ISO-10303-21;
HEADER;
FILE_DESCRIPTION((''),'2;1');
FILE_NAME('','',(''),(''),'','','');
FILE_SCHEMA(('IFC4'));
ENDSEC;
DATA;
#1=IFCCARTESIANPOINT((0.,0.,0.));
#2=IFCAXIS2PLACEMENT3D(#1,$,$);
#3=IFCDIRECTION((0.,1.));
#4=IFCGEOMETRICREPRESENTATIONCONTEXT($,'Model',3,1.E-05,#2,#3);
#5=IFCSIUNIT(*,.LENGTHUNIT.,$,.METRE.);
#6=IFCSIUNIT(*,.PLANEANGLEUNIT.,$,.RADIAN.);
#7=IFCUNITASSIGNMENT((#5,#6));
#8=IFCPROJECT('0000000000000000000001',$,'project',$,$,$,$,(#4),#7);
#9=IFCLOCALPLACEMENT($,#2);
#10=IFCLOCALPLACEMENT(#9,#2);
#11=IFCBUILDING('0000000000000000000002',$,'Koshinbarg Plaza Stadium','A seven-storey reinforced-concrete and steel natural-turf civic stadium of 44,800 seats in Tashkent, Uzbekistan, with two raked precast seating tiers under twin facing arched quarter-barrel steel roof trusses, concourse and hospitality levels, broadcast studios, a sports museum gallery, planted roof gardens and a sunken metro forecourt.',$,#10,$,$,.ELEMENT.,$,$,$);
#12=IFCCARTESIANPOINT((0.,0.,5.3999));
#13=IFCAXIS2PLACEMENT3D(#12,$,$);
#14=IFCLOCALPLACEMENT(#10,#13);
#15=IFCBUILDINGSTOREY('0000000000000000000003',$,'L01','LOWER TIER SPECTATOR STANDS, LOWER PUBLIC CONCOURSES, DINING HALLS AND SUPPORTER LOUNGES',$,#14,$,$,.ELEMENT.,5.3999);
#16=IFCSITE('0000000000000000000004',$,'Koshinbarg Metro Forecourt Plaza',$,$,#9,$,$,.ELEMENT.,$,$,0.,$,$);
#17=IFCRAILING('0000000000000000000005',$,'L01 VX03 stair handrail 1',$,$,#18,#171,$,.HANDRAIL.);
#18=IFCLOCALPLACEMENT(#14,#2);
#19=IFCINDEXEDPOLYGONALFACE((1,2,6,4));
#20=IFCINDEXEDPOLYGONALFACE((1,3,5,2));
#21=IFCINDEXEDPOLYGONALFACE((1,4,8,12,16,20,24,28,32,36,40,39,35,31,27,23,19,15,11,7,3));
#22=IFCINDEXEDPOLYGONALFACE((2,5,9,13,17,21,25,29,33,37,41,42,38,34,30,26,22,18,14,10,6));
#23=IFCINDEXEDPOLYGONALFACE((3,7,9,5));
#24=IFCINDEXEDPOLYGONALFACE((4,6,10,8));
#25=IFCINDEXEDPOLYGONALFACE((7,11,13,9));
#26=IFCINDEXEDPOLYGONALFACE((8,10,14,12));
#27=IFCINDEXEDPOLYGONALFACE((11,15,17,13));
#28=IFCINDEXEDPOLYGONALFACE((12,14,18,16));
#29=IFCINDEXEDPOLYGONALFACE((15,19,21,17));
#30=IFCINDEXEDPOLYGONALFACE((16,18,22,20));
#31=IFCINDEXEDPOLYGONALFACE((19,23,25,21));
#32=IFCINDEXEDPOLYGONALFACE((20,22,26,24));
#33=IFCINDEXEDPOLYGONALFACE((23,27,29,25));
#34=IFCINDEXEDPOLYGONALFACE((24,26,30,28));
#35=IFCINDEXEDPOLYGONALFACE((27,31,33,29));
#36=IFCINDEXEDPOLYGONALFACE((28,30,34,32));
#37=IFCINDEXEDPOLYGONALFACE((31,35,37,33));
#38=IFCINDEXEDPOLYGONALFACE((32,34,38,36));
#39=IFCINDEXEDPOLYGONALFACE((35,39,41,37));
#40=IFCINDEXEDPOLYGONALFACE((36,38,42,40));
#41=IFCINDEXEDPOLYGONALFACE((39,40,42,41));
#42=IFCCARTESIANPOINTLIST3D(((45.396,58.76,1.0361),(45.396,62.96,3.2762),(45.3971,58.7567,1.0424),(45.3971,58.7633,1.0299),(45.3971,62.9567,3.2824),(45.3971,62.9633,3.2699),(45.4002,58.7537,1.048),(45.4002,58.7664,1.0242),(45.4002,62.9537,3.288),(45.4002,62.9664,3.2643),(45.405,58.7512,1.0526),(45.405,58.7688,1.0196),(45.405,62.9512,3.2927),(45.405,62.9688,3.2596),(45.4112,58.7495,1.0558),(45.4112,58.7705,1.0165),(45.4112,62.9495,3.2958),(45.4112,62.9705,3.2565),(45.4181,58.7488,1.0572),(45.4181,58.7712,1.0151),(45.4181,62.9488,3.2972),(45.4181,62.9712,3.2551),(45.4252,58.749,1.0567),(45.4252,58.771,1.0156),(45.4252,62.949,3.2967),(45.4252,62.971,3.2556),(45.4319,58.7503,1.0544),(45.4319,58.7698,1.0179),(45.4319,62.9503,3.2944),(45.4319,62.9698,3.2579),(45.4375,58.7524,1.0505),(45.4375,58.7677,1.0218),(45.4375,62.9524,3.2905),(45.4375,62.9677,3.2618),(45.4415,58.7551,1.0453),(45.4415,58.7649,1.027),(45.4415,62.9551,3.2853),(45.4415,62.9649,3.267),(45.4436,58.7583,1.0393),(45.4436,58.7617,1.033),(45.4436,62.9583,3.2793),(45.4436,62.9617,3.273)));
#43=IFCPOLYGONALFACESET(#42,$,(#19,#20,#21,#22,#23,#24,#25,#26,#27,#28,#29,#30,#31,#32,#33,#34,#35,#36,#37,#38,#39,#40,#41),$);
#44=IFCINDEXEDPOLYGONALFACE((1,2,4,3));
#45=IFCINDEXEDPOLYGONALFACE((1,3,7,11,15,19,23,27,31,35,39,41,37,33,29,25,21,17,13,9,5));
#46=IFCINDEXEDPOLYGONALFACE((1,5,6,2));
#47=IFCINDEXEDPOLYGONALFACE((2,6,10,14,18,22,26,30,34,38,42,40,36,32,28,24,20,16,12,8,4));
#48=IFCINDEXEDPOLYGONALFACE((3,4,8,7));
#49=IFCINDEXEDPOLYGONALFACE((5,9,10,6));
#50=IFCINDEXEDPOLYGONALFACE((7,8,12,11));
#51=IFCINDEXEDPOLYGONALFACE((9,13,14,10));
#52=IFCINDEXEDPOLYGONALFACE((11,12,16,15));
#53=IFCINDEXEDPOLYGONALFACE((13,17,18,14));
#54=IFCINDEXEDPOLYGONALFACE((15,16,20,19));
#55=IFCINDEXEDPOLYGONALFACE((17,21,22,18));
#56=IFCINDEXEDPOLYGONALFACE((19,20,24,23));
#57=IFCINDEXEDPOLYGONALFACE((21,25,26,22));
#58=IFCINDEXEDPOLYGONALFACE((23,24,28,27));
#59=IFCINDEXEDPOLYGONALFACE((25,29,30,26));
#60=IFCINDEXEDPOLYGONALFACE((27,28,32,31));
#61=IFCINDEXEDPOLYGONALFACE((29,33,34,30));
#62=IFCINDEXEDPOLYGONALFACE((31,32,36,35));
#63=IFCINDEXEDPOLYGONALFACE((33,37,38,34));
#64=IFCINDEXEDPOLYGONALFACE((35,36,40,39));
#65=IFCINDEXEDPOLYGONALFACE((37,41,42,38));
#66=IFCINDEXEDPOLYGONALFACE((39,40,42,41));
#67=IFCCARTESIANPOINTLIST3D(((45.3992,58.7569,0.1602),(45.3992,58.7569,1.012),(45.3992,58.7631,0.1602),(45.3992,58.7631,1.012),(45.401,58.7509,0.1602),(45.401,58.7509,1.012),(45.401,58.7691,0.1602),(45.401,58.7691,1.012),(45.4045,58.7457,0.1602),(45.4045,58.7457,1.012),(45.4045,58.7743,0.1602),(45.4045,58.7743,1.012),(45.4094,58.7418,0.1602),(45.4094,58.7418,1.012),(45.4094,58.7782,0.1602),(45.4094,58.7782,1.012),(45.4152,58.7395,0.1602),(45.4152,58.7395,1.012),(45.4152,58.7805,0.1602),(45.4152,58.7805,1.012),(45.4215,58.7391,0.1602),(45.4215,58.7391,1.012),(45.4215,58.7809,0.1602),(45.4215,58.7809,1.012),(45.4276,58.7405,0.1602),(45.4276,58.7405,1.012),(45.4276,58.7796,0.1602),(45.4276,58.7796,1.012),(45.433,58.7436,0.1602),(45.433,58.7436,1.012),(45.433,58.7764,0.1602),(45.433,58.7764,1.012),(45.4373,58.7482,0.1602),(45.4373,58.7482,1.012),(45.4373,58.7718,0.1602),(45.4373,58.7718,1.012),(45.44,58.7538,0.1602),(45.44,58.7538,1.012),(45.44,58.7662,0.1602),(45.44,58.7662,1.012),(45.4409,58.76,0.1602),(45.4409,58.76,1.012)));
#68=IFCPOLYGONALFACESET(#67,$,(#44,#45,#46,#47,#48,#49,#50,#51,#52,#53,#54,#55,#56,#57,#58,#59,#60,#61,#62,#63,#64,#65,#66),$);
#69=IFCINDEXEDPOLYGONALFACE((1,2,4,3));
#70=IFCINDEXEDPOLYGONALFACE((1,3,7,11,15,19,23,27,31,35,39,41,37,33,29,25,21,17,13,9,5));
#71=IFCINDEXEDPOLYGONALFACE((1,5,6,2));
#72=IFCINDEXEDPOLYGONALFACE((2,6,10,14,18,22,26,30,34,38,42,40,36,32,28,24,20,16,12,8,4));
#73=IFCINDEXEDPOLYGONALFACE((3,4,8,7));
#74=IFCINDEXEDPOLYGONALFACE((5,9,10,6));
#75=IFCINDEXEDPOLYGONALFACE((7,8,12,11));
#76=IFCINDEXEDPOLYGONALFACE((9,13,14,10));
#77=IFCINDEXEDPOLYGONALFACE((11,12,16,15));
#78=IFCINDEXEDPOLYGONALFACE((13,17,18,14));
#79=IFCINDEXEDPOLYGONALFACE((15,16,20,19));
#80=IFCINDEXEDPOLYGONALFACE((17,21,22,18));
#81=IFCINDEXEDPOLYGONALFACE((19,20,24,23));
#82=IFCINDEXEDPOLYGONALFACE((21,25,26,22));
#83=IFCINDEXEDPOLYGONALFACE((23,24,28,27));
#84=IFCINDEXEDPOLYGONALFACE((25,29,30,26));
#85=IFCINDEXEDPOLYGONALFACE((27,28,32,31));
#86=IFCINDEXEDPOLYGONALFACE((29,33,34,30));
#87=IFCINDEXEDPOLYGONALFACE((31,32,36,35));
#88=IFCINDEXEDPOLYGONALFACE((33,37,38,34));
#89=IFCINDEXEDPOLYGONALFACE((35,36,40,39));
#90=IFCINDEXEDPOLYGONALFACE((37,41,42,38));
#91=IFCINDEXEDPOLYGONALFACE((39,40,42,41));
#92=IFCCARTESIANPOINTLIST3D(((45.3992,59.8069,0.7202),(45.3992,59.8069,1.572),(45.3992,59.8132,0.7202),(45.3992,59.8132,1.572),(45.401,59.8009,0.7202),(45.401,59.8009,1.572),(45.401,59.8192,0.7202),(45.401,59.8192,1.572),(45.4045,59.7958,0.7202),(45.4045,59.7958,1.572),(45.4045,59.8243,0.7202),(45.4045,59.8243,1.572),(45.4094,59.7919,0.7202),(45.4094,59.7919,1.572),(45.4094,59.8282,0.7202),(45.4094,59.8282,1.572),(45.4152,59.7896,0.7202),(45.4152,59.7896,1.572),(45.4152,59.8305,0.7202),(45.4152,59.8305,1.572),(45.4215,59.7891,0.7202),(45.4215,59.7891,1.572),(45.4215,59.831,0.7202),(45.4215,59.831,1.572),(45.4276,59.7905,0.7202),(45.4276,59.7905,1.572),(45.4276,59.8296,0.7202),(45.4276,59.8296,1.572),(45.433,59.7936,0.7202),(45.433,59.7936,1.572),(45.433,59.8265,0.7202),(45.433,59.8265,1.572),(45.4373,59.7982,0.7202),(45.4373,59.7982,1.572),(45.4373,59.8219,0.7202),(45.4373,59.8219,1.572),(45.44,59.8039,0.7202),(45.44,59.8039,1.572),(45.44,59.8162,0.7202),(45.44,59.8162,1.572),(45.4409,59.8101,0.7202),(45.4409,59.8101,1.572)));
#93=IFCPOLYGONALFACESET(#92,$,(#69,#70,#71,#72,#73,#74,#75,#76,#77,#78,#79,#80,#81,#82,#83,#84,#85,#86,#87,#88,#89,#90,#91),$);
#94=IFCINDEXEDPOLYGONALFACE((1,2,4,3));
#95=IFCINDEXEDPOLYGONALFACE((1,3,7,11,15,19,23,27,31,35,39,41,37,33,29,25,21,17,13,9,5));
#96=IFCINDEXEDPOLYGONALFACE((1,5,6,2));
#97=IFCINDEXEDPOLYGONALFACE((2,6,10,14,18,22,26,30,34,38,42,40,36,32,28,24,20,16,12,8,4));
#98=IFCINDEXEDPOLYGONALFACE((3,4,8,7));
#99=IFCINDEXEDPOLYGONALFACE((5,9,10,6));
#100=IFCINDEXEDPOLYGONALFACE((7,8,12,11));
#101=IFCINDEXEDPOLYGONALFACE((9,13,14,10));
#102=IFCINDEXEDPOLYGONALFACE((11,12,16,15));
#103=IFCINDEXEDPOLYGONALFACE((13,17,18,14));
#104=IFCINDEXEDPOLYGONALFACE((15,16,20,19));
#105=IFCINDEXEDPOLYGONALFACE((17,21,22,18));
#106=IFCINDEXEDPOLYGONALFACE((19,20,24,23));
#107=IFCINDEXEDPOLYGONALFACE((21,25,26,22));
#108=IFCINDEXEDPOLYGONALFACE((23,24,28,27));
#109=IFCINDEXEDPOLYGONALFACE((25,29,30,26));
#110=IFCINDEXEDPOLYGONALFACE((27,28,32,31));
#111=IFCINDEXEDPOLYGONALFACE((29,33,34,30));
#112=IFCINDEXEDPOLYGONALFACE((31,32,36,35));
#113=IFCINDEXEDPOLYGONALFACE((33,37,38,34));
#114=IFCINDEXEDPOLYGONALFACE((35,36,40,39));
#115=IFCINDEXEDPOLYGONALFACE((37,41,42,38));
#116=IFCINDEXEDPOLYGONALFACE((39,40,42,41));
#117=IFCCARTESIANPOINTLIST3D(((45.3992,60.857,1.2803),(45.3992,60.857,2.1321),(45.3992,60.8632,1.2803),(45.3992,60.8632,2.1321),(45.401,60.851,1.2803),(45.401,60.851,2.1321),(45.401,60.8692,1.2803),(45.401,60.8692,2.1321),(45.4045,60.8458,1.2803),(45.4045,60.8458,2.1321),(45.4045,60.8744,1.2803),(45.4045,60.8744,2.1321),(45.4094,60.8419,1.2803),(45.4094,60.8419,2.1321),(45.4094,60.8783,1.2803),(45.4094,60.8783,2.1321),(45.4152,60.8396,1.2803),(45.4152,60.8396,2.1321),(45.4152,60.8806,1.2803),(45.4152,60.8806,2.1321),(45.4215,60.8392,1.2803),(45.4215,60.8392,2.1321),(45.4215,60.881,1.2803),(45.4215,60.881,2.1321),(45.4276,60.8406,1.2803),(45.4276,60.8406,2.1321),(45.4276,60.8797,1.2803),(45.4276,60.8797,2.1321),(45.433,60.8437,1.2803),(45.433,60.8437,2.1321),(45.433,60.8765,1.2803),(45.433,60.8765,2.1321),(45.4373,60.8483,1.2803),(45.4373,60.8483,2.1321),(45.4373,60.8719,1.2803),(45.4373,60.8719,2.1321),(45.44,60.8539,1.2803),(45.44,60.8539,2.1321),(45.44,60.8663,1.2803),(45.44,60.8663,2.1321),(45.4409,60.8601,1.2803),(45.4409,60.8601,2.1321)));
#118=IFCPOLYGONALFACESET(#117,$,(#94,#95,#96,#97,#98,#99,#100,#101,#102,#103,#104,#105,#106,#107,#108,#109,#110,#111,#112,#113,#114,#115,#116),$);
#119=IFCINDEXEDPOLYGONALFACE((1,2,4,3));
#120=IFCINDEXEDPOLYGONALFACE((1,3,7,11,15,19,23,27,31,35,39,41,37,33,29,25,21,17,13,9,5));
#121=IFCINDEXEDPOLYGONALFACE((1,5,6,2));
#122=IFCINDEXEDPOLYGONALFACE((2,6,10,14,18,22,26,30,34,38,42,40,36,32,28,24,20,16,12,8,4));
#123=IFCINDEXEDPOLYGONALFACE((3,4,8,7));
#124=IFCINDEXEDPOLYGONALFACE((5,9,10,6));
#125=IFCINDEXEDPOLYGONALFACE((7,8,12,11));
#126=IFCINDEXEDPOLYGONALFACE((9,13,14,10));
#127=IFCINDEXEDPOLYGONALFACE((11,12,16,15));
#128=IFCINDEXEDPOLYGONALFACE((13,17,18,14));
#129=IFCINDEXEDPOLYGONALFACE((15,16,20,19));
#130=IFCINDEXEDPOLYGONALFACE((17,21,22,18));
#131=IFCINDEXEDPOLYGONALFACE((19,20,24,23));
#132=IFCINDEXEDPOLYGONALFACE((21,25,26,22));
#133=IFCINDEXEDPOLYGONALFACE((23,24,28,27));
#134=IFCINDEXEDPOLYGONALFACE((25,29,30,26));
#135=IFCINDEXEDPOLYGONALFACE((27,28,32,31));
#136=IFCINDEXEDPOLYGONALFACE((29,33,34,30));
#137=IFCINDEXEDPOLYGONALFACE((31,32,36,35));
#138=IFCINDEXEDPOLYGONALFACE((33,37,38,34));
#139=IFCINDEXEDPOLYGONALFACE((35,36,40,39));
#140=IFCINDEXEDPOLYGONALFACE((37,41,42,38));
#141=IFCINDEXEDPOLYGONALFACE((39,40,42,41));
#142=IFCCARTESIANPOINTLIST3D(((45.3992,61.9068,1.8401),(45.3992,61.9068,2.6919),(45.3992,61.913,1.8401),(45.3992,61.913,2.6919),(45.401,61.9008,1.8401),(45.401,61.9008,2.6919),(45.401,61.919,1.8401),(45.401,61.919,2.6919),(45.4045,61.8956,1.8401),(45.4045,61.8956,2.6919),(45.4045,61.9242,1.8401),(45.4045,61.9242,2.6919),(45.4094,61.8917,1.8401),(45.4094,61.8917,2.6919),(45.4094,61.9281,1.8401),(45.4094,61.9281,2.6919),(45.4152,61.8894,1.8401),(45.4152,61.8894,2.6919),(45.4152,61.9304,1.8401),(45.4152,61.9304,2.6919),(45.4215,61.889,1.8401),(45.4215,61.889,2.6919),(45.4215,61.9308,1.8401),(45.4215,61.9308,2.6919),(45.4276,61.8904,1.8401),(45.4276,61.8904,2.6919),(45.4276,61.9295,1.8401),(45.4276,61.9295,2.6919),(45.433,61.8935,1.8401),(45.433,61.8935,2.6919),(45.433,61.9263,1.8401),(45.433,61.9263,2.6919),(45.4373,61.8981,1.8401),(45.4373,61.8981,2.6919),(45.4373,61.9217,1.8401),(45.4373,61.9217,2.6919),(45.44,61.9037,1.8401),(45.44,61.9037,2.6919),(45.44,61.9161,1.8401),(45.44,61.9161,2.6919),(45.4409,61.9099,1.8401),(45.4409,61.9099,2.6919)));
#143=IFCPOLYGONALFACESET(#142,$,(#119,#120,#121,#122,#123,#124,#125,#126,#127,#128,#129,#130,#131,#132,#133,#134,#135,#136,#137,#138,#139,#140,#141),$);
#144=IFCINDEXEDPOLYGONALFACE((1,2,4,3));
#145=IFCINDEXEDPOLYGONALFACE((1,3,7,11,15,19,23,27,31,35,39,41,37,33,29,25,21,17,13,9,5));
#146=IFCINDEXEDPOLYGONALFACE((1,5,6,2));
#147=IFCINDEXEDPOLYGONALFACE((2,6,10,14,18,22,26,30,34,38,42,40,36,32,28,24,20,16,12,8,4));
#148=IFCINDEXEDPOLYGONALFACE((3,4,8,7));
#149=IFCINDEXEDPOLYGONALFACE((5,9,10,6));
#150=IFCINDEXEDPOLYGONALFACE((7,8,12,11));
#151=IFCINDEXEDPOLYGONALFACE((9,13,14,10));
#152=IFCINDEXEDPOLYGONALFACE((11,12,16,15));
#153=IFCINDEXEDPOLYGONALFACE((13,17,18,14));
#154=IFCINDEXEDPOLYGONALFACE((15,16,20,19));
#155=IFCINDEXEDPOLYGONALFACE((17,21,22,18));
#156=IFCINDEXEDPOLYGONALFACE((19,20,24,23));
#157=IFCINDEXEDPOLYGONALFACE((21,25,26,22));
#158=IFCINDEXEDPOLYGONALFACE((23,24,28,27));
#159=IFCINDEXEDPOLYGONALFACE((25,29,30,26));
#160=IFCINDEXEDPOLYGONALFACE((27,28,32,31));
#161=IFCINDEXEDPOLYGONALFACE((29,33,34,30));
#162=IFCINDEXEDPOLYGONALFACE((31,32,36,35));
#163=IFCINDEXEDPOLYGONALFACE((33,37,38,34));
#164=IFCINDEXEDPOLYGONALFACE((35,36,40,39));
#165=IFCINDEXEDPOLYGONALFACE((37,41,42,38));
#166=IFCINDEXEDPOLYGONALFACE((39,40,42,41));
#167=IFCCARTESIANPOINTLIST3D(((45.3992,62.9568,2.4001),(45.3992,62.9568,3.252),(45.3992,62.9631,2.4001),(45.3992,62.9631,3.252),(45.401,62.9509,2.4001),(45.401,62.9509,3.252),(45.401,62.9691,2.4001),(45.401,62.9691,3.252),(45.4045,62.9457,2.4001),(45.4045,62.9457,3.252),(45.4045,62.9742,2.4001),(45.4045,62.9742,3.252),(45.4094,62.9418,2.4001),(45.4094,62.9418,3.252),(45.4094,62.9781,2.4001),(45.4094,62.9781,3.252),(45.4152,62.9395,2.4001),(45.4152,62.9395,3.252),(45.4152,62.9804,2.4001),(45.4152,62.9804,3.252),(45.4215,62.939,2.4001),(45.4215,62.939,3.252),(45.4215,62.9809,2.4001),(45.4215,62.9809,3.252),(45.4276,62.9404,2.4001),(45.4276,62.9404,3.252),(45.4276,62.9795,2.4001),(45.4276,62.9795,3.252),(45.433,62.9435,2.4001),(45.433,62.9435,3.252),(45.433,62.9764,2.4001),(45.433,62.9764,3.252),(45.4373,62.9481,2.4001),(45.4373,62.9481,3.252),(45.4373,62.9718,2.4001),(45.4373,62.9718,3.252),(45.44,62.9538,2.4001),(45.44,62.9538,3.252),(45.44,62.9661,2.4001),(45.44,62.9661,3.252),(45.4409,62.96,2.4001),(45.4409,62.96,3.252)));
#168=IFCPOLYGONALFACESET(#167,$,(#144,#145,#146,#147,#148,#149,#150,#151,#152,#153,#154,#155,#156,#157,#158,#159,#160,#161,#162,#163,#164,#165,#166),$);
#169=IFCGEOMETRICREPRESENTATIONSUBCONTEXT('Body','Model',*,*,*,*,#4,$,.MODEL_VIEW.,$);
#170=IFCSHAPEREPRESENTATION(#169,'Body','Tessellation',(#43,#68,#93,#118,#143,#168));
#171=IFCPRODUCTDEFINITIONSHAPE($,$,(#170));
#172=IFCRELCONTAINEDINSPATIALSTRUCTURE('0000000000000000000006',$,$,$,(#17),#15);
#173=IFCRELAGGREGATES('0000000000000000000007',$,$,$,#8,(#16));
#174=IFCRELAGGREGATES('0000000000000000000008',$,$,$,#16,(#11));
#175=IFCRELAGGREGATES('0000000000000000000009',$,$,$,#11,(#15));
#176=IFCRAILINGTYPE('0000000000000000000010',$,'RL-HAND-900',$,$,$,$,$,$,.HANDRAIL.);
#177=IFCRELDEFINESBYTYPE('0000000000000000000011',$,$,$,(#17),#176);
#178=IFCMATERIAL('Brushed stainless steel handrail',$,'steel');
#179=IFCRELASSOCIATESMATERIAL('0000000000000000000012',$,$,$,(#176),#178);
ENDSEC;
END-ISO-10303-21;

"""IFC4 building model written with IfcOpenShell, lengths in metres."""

from ifc_helpers import new_model, si_unit, direction, frame, origin, origin_2d, place, context, subcontext, project, spatial, circle, extrude, material, type_object, element, save


model = new_model("IFC4")

# Units and contexts
model_context = context("Model", 3, precision=1e-05, world=origin(), true_north=direction((0.0, 1.0)))
body_context = subcontext(model_context, "Body", "Model", "MODEL_VIEW")
ifc_project = project(units=[si_unit("LENGTHUNIT", "METRE"), si_unit("PLANEANGLEUNIT", "RADIAN")], contexts=[model_context])

# Site, building, storey
site_placement = place(None, origin())
site = spatial("IfcSite", under=ifc_project, at=site_placement, Name="Koshinbarg Metro Forecourt Plaza", CompositionType="ELEMENT", RefElevation=0.0)
building_placement = place(site_placement, origin())
building = spatial("IfcBuilding", under=site, at=building_placement, Name="Koshinbarg Plaza Stadium", Description="A seven-storey reinforced-concrete and steel natural-turf civic stadium of 44,800 seats in Tashkent, Uzbekistan, with two raked precast seating tiers under twin facing arched quarter-barrel steel roof trusses, concourse and hospitality levels, broadcast studios, a sports museum gallery, planted roof gardens and a sunken metro forecourt.", CompositionType="ELEMENT")
storey_placement = place(building_placement, frame((0.0, 0.0, 5.3999)))
storey = spatial("IfcBuildingStorey", under=building, at=storey_placement, Name="L01", Description="LOWER TIER SPECTATOR STANDS, LOWER PUBLIC CONCOURSES, DINING HALLS AND SUPPORTER LOUNGES", CompositionType="ELEMENT", Elevation=5.3999)

# Railing
ifc_material_1 = material(Name="Brushed stainless steel handrail", Category="steel")
railing_type_1 = type_object("IfcRailingType", Name="RL-HAND-900", PredefinedType="HANDRAIL", material=ifc_material_1)
railing_1_placement = place(storey_placement, frame((45.4199, 58.76, 0.1602)))
element("IfcRailing", 1, at=railing_1_placement, inside=storey, type_object=railing_type_1, Name="L01 VX03 stair handrail 1", PredefinedType="HANDRAIL", context=body_context, shape_type="SweptSolid", body=[
    extrude(circle(Radius=0.0239, at=origin_2d()), frame((0.0, 0.0, 0.876), z_axis=(0.0, 0.882352, 0.470591), x_axis=(-1.0, 0.0, 0.0)), (0.0, 0.0, 1.0), 4.76),
    extrude(circle(Radius=0.021, at=origin_2d()), origin(), (0.0, 0.0, 1.0), 0.8518),
    extrude(circle(Radius=0.021, at=origin_2d()), frame((0.0, 1.05, 0.5601)), (0.0, 0.0, 1.0), 0.8518),
    extrude(circle(Radius=0.021, at=origin_2d()), frame((0.0, 2.1001, 1.1201)), (0.0, 0.0, 1.0), 0.8518),
    extrude(circle(Radius=0.021, at=origin_2d()), frame((0.0, 3.1499, 1.6799)), (0.0, 0.0, 1.0), 0.8518),
    extrude(circle(Radius=0.021, at=origin_2d()), frame((0.0, 4.2, 2.24)), (0.0, 0.0, 1.0), 0.8518),
])

save(model, "model.ifc")
